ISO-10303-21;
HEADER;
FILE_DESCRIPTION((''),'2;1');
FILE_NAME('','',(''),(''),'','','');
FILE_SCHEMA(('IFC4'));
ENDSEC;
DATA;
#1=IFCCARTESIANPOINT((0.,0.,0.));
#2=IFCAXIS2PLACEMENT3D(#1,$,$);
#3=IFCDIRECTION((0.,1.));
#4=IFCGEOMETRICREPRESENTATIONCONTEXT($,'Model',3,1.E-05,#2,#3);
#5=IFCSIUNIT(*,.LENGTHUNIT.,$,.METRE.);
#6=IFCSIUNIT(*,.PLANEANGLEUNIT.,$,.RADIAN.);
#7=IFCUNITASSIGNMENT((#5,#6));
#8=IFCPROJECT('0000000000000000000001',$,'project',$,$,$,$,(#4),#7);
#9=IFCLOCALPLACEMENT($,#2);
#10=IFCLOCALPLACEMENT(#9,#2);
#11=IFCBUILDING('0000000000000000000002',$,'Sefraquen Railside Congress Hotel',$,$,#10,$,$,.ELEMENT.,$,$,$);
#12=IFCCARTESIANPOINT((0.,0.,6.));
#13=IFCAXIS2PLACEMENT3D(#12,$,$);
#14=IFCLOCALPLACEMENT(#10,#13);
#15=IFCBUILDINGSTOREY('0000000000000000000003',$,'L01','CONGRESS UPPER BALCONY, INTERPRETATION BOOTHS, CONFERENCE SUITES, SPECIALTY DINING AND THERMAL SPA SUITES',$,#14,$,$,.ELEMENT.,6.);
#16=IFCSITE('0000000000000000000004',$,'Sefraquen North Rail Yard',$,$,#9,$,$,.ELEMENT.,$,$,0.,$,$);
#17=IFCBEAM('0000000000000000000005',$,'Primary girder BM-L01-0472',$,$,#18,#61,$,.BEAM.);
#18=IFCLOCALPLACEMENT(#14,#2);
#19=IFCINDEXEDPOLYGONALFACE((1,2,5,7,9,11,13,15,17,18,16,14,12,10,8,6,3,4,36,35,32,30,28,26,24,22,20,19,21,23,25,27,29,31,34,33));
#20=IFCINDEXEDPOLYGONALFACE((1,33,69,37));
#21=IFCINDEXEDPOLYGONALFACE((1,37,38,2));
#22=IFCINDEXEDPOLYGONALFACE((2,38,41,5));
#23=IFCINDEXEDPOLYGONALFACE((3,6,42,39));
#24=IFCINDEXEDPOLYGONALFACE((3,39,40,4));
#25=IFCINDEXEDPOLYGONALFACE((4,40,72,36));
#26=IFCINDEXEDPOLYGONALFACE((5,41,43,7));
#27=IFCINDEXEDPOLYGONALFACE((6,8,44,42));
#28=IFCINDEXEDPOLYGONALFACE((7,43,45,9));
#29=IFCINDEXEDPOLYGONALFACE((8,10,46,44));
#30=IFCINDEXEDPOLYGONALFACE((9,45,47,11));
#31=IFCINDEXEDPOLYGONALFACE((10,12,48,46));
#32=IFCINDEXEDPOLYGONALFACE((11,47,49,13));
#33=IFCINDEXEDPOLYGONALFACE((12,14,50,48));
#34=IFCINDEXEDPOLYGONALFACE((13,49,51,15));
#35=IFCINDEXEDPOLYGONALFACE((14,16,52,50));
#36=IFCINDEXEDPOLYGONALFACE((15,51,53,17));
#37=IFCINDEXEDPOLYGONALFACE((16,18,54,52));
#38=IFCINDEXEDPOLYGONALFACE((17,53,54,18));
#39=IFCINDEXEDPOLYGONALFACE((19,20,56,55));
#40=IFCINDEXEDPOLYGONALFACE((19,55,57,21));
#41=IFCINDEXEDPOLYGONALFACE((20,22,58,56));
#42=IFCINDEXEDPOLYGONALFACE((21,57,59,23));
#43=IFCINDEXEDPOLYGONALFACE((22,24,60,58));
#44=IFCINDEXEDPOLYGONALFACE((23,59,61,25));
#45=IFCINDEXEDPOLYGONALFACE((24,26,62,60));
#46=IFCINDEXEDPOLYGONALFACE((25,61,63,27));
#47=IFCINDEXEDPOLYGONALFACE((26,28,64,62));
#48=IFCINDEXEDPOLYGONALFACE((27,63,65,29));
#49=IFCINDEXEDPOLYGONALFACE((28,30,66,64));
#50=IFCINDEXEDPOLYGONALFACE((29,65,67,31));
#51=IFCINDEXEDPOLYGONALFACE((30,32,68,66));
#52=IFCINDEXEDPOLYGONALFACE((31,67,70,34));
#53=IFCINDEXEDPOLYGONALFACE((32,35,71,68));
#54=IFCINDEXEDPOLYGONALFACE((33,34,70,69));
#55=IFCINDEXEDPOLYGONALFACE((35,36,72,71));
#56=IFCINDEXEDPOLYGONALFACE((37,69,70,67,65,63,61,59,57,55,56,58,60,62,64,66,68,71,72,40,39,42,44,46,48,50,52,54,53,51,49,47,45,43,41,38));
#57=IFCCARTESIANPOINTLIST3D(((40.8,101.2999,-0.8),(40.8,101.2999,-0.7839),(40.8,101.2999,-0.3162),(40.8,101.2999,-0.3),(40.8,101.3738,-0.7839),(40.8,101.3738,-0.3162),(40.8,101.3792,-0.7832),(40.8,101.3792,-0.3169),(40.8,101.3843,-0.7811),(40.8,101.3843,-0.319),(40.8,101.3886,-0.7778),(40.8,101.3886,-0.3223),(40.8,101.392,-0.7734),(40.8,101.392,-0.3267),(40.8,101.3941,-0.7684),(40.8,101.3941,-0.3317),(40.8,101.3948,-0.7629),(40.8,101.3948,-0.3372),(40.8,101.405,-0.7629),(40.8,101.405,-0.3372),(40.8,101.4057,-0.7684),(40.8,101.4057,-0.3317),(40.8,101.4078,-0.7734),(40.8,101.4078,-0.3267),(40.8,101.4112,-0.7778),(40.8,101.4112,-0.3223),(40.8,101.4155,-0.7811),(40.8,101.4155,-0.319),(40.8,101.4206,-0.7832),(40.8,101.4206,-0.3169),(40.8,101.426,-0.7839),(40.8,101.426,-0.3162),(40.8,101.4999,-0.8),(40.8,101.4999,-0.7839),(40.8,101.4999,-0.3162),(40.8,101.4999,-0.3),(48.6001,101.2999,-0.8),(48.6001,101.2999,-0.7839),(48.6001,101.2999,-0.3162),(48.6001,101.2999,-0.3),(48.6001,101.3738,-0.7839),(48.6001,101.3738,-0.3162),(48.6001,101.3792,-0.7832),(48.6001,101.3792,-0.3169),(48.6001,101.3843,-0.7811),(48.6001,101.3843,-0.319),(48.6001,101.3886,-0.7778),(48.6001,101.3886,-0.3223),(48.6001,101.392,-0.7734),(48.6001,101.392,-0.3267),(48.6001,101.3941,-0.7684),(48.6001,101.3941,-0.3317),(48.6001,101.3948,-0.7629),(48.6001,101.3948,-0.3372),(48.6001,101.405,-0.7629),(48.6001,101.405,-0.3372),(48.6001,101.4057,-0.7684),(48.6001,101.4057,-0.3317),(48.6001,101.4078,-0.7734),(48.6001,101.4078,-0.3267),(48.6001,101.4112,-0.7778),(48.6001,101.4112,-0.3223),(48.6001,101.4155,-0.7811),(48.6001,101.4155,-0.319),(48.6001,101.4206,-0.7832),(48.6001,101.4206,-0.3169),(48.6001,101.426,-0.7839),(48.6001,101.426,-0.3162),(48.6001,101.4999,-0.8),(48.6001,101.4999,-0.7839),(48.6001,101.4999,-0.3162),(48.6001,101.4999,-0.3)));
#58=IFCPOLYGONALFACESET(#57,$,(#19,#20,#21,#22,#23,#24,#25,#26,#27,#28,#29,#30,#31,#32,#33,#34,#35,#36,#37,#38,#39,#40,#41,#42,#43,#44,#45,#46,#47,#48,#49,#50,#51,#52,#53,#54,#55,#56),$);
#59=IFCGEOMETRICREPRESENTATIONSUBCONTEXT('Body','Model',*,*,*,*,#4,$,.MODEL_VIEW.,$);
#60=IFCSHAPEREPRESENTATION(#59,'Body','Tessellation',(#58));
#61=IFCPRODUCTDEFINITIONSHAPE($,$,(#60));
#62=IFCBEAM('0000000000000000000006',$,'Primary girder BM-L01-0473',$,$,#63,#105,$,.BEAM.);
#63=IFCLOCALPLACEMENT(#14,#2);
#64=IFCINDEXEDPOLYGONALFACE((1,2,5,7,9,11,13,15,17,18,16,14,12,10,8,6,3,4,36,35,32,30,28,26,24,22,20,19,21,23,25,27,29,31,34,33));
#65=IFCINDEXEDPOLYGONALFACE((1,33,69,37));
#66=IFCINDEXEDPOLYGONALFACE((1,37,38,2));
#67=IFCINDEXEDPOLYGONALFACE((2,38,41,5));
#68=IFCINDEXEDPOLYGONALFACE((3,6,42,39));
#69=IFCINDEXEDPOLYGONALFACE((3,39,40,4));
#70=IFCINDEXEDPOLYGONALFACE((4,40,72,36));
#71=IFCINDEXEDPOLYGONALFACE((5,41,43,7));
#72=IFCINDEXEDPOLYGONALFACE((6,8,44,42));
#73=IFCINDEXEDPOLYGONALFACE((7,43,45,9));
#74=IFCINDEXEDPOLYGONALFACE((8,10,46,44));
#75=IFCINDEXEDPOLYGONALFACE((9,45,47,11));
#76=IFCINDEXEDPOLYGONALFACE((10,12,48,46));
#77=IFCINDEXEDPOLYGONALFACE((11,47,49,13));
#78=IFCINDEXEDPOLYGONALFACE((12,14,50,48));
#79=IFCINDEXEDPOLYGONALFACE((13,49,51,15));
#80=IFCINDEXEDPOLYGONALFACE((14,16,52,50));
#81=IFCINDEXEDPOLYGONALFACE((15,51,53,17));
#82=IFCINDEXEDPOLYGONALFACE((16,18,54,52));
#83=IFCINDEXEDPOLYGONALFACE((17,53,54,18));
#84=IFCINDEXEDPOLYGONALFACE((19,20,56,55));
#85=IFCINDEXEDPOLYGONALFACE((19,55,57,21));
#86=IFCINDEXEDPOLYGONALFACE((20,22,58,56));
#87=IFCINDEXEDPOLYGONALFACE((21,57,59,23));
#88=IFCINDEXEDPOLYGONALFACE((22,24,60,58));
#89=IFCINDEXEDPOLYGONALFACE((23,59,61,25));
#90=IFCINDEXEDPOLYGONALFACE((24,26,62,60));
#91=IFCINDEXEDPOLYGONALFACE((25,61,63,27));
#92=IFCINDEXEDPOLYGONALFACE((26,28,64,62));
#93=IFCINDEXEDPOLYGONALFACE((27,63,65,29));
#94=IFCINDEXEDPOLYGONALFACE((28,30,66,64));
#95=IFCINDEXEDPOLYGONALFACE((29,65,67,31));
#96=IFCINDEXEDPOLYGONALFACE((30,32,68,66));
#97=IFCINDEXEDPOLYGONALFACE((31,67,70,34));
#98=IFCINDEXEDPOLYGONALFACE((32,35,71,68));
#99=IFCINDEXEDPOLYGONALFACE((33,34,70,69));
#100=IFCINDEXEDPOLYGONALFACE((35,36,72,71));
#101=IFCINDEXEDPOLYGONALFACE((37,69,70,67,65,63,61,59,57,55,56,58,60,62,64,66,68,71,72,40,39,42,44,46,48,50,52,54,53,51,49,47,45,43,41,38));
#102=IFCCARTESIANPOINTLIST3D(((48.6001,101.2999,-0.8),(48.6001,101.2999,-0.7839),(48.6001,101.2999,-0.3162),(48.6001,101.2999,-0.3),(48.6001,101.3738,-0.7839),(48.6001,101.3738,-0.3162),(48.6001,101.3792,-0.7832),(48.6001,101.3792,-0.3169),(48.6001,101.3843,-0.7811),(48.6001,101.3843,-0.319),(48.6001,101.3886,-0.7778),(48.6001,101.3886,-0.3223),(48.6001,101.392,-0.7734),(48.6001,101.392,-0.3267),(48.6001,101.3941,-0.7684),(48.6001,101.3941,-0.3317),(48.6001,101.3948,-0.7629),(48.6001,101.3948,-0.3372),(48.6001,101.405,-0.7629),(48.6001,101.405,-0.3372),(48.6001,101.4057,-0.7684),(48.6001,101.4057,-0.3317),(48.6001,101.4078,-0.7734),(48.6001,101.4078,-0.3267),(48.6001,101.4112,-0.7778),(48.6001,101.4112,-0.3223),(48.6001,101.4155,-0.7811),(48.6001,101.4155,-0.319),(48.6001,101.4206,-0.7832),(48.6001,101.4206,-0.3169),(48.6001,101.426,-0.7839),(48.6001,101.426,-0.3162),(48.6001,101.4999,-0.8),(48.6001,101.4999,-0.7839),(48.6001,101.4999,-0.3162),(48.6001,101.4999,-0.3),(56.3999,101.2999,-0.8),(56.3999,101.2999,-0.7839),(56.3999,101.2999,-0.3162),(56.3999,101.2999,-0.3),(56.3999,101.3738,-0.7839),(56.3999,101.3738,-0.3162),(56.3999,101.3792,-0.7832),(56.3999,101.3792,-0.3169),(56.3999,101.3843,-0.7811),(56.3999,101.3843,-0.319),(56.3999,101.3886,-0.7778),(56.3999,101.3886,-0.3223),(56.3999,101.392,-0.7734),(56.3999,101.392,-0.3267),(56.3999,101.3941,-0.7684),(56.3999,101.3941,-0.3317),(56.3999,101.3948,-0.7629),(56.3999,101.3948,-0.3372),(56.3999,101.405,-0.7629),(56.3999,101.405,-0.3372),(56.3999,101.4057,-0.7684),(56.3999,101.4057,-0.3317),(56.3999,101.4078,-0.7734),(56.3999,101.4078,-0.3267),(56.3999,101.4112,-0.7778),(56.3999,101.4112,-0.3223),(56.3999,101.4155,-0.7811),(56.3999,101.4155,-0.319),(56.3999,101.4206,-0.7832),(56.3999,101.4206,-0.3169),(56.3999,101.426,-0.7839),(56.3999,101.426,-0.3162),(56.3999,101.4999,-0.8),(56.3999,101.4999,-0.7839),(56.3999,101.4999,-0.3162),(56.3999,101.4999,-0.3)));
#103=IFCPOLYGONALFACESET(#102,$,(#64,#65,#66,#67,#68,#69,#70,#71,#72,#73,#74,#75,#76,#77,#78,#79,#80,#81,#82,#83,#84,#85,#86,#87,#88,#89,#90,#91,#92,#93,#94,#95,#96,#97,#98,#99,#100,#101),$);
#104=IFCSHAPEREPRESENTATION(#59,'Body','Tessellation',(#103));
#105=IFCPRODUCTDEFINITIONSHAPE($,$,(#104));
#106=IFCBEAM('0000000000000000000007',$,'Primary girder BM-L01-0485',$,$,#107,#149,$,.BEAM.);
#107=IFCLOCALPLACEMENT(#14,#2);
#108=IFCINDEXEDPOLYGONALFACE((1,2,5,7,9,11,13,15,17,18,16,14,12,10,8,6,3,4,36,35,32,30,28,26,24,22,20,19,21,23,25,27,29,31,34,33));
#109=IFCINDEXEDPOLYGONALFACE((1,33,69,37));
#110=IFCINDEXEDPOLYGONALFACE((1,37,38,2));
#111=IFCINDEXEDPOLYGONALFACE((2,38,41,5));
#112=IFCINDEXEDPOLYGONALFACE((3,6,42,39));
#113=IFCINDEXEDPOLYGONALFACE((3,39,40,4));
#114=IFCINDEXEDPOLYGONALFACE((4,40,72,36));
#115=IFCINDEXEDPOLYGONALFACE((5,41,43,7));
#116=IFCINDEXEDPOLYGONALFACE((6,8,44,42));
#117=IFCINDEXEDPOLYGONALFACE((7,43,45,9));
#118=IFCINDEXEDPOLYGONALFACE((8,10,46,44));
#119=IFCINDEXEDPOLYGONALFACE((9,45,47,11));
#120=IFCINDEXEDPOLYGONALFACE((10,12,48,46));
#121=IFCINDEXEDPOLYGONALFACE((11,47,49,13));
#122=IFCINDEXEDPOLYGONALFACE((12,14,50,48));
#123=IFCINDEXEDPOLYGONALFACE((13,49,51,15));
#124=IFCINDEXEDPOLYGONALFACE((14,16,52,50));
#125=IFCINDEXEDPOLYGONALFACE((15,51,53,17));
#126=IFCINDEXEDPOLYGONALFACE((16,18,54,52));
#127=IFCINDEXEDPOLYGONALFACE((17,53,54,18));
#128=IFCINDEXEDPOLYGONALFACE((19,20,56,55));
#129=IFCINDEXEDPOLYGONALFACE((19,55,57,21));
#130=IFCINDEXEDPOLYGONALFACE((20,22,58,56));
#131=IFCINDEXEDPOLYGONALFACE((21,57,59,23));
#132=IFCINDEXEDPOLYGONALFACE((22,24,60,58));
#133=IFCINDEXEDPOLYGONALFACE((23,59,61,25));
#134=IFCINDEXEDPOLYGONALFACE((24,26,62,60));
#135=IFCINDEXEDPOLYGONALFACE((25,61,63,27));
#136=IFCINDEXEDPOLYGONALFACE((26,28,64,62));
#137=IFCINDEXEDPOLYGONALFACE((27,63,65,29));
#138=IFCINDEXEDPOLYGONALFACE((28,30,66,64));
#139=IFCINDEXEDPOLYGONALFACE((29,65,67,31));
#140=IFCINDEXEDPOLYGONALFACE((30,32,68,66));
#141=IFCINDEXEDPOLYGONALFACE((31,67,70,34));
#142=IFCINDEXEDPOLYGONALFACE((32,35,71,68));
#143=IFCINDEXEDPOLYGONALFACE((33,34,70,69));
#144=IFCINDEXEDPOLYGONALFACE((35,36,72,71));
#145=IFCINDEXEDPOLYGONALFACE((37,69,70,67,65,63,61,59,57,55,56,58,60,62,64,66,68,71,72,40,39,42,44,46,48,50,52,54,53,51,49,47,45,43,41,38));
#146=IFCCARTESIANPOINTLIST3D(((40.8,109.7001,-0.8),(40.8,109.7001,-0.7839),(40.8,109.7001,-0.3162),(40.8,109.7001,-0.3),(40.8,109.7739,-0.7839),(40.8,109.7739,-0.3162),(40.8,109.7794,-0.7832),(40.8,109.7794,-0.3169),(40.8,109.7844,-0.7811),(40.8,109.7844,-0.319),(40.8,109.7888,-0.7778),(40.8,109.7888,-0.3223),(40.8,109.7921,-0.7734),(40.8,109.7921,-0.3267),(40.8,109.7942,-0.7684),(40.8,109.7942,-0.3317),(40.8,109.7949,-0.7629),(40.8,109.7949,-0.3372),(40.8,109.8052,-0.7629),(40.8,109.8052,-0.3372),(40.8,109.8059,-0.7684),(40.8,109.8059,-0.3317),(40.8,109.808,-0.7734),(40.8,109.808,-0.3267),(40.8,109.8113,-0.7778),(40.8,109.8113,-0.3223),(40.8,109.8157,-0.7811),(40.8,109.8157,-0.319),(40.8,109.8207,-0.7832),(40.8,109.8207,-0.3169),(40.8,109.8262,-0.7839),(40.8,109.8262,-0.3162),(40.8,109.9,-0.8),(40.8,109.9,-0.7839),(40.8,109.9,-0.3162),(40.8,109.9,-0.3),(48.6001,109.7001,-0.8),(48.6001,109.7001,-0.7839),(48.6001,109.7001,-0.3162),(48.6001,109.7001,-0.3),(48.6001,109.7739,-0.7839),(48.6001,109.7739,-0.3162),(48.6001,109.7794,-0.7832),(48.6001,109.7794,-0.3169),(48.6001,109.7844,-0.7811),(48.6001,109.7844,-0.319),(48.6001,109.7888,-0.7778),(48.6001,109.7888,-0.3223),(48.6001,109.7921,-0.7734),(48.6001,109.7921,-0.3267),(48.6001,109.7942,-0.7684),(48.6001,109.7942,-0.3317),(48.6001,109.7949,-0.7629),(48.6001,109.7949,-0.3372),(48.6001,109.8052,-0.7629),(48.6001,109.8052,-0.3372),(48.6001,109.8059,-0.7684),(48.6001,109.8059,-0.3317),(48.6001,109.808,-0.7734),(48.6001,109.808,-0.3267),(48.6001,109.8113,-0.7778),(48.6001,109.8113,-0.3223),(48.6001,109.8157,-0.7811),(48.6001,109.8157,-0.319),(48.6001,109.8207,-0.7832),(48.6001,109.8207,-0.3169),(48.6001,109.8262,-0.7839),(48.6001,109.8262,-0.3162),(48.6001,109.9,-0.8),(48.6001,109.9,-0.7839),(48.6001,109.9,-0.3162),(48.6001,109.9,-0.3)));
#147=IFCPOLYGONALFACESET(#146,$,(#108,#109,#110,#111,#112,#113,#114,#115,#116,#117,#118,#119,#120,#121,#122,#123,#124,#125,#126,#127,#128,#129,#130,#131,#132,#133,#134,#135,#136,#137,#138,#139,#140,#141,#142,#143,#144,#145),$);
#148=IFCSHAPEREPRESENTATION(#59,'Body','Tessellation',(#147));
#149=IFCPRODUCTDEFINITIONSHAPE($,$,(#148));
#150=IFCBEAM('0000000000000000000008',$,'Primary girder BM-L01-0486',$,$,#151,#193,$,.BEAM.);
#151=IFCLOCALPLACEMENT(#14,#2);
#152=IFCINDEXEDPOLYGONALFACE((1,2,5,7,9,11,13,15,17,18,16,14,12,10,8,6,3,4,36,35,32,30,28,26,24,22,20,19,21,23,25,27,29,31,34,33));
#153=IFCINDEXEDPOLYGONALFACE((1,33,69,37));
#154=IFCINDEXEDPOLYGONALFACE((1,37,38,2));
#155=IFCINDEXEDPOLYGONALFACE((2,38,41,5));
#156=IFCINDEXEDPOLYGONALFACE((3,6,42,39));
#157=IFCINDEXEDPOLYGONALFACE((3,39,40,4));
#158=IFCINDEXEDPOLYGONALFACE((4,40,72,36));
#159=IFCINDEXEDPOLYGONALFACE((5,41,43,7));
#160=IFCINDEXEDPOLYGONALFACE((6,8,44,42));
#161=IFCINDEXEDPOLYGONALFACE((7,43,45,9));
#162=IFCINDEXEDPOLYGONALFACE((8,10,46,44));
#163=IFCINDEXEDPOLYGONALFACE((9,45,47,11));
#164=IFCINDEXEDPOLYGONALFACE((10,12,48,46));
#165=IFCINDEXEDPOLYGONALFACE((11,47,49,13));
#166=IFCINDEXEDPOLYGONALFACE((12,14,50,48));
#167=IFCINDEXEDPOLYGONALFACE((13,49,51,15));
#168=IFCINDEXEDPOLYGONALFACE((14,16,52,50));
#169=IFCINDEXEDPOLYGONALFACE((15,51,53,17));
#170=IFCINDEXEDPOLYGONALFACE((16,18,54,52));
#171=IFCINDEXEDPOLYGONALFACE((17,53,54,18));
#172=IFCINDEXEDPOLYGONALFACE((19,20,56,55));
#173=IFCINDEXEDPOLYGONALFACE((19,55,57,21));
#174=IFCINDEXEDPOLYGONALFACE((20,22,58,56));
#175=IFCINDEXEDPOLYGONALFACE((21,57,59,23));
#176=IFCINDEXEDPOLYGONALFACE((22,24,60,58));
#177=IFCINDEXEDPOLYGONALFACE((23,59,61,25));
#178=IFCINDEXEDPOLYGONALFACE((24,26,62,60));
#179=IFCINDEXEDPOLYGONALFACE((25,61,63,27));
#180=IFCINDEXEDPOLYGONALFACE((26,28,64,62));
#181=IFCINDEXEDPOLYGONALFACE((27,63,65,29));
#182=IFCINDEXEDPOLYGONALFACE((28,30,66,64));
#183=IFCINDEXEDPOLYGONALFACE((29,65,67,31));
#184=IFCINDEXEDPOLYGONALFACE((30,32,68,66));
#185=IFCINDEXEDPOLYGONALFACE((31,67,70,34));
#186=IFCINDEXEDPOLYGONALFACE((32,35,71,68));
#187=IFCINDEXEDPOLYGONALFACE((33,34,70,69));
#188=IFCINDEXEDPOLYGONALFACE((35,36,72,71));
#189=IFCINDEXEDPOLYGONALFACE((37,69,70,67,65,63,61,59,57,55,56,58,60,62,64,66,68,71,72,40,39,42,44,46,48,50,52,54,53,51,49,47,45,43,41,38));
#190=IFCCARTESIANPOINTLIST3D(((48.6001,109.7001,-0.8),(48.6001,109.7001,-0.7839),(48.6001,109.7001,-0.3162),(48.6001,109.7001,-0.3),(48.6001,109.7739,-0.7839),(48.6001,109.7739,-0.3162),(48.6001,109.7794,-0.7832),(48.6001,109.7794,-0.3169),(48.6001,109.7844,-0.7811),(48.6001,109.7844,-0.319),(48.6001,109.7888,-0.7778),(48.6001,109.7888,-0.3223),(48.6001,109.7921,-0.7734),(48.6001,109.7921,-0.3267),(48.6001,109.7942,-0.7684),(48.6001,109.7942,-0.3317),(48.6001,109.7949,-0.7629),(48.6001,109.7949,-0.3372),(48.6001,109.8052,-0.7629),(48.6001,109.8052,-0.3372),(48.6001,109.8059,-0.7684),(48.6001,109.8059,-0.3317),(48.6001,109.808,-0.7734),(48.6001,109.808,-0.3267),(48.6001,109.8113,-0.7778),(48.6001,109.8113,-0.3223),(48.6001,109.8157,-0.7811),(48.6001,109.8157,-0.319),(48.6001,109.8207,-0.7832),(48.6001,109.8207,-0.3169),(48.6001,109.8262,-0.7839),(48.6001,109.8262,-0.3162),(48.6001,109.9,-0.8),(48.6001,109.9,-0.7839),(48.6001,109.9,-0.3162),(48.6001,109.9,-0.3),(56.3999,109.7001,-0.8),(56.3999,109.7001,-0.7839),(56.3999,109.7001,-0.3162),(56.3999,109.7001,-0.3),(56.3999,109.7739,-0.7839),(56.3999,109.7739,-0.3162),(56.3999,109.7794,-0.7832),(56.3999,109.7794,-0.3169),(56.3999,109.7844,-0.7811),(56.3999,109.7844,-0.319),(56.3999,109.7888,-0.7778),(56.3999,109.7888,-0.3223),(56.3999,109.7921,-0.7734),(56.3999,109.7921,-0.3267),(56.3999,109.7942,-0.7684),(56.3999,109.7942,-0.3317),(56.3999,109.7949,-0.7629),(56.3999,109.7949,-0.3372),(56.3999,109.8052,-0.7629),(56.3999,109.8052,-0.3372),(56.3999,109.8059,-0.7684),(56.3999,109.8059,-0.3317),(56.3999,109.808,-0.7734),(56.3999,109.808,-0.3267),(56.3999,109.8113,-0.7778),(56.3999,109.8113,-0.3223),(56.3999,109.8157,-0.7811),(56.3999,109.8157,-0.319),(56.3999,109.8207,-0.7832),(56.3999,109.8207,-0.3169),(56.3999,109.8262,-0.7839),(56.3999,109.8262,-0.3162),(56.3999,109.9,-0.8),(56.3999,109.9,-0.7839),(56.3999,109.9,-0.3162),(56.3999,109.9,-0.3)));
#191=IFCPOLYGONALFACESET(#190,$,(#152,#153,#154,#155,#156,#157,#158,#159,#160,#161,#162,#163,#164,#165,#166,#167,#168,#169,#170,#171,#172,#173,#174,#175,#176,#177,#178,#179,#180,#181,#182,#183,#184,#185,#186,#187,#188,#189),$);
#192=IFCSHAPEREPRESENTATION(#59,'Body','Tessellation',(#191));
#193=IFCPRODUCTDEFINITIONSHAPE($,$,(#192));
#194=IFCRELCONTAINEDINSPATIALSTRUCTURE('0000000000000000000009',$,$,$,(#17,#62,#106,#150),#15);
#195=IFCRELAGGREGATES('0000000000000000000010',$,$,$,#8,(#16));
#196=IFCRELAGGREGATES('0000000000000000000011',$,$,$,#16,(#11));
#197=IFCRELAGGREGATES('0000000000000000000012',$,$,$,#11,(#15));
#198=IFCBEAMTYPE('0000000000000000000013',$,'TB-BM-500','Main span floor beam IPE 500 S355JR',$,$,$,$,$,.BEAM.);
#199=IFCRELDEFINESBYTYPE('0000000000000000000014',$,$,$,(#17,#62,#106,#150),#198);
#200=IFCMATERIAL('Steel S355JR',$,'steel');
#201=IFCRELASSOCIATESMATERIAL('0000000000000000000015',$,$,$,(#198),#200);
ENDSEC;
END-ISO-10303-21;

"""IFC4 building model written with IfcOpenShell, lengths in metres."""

from ifc_helpers import new_model, si_unit, direction, frame, origin, origin_2d, place, context, subcontext, project, spatial, i_section, extrude, material, material_profile, profile_set, type_object, element, save


model = new_model("IFC4")

# Units and contexts
model_context = context("Model", 3, precision=1e-05, world=origin(), true_north=direction((0.0, 1.0)))
body_context = subcontext(model_context, "Body", "Model", "MODEL_VIEW")
ifc_project = project(units=[si_unit("LENGTHUNIT", "METRE"), si_unit("PLANEANGLEUNIT", "RADIAN")], contexts=[model_context])

# Site, building, storey
site_placement = place(None, origin())
site = spatial("IfcSite", under=ifc_project, at=site_placement, Name="Sefraquen North Rail Yard", CompositionType="ELEMENT", RefElevation=0.0)
building_placement = place(site_placement, origin())
building = spatial("IfcBuilding", under=site, at=building_placement, Name="Sefraquen Railside Congress Hotel", CompositionType="ELEMENT")
storey_placement = place(building_placement, frame((0.0, 0.0, 6.0)))
storey = spatial("IfcBuildingStorey", under=building, at=storey_placement, Name="L01", Description="CONGRESS UPPER BALCONY, INTERPRETATION BOOTHS, CONFERENCE SUITES, SPECIALTY DINING AND THERMAL SPA SUITES", CompositionType="ELEMENT", Elevation=6.0)

# Shared definitions
ifc_material_1 = material(Name="Steel S355JR", Category="steel")

# Beams
ifc_material_profile_1 = material_profile(ifc_material_1, i_section(OverallWidth=0.2, OverallDepth=0.5, WebThickness=0.0103, FlangeThickness=0.0161, FilletRadius=0.021, at=origin_2d()), Name="IPE 500")
ifc_profile_set_1 = profile_set([ifc_material_profile_1], Name="Steel S355JR")
beam_type_1 = type_object("IfcBeamType", Name="TB-BM-500", Description="Main span floor beam IPE 500 S355JR", PredefinedType="BEAM", material=ifc_profile_set_1)
beam_1_placement = place(storey_placement, frame((40.8, 101.3999, -0.55), z_axis=(1.0, 0.0, 0.0), x_axis=(0.0, 1.0, 0.0)))
element("IfcBeam", 1, at=beam_1_placement, inside=storey, type_object=beam_type_1, Name="Primary girder BM-L01-0472", PredefinedType="BEAM", context=body_context, shape_type="SweptSolid", body=[
    extrude(i_section(OverallWidth=0.2, OverallDepth=0.5, WebThickness=0.0103, FlangeThickness=0.0161, FilletRadius=0.021, at=origin_2d()), origin(), (0.0, 0.0, 1.0), 7.8),
])
beam_2_placement = place(storey_placement, frame((48.6001, 101.3999, -0.55), z_axis=(1.0, 0.0, 0.0), x_axis=(0.0, 1.0, 0.0)))
element("IfcBeam", 2, at=beam_2_placement, inside=storey, type_object=beam_type_1, Name="Primary girder BM-L01-0473", PredefinedType="BEAM", context=body_context, shape_type="SweptSolid", body=[
    extrude(i_section(OverallWidth=0.2, OverallDepth=0.5, WebThickness=0.0103, FlangeThickness=0.0161, FilletRadius=0.021, at=origin_2d()), origin(), (0.0, 0.0, 1.0), 7.7998),
])
beam_3_placement = place(storey_placement, frame((40.8, 109.8, -0.55), z_axis=(1.0, 0.0, 0.0), x_axis=(0.0, 1.0, 0.0)))
element("IfcBeam", 3, at=beam_3_placement, inside=storey, type_object=beam_type_1, Name="Primary girder BM-L01-0485", PredefinedType="BEAM", context=body_context, shape_type="SweptSolid", body=[
    extrude(i_section(OverallWidth=0.2, OverallDepth=0.5, WebThickness=0.0103, FlangeThickness=0.0161, FilletRadius=0.021, at=origin_2d()), origin(), (0.0, 0.0, 1.0), 7.8),
])
beam_4_placement = place(storey_placement, frame((48.6001, 109.8, -0.55), z_axis=(1.0, 0.0, 0.0), x_axis=(0.0, 1.0, 0.0)))
element("IfcBeam", 4, at=beam_4_placement, inside=storey, type_object=beam_type_1, Name="Primary girder BM-L01-0486", PredefinedType="BEAM", context=body_context, shape_type="SweptSolid", body=[
    extrude(i_section(OverallWidth=0.2, OverallDepth=0.5, WebThickness=0.0103, FlangeThickness=0.0161, FilletRadius=0.021, at=origin_2d()), origin(), (0.0, 0.0, 1.0), 7.7998),
])

save(model, "model.ifc")
